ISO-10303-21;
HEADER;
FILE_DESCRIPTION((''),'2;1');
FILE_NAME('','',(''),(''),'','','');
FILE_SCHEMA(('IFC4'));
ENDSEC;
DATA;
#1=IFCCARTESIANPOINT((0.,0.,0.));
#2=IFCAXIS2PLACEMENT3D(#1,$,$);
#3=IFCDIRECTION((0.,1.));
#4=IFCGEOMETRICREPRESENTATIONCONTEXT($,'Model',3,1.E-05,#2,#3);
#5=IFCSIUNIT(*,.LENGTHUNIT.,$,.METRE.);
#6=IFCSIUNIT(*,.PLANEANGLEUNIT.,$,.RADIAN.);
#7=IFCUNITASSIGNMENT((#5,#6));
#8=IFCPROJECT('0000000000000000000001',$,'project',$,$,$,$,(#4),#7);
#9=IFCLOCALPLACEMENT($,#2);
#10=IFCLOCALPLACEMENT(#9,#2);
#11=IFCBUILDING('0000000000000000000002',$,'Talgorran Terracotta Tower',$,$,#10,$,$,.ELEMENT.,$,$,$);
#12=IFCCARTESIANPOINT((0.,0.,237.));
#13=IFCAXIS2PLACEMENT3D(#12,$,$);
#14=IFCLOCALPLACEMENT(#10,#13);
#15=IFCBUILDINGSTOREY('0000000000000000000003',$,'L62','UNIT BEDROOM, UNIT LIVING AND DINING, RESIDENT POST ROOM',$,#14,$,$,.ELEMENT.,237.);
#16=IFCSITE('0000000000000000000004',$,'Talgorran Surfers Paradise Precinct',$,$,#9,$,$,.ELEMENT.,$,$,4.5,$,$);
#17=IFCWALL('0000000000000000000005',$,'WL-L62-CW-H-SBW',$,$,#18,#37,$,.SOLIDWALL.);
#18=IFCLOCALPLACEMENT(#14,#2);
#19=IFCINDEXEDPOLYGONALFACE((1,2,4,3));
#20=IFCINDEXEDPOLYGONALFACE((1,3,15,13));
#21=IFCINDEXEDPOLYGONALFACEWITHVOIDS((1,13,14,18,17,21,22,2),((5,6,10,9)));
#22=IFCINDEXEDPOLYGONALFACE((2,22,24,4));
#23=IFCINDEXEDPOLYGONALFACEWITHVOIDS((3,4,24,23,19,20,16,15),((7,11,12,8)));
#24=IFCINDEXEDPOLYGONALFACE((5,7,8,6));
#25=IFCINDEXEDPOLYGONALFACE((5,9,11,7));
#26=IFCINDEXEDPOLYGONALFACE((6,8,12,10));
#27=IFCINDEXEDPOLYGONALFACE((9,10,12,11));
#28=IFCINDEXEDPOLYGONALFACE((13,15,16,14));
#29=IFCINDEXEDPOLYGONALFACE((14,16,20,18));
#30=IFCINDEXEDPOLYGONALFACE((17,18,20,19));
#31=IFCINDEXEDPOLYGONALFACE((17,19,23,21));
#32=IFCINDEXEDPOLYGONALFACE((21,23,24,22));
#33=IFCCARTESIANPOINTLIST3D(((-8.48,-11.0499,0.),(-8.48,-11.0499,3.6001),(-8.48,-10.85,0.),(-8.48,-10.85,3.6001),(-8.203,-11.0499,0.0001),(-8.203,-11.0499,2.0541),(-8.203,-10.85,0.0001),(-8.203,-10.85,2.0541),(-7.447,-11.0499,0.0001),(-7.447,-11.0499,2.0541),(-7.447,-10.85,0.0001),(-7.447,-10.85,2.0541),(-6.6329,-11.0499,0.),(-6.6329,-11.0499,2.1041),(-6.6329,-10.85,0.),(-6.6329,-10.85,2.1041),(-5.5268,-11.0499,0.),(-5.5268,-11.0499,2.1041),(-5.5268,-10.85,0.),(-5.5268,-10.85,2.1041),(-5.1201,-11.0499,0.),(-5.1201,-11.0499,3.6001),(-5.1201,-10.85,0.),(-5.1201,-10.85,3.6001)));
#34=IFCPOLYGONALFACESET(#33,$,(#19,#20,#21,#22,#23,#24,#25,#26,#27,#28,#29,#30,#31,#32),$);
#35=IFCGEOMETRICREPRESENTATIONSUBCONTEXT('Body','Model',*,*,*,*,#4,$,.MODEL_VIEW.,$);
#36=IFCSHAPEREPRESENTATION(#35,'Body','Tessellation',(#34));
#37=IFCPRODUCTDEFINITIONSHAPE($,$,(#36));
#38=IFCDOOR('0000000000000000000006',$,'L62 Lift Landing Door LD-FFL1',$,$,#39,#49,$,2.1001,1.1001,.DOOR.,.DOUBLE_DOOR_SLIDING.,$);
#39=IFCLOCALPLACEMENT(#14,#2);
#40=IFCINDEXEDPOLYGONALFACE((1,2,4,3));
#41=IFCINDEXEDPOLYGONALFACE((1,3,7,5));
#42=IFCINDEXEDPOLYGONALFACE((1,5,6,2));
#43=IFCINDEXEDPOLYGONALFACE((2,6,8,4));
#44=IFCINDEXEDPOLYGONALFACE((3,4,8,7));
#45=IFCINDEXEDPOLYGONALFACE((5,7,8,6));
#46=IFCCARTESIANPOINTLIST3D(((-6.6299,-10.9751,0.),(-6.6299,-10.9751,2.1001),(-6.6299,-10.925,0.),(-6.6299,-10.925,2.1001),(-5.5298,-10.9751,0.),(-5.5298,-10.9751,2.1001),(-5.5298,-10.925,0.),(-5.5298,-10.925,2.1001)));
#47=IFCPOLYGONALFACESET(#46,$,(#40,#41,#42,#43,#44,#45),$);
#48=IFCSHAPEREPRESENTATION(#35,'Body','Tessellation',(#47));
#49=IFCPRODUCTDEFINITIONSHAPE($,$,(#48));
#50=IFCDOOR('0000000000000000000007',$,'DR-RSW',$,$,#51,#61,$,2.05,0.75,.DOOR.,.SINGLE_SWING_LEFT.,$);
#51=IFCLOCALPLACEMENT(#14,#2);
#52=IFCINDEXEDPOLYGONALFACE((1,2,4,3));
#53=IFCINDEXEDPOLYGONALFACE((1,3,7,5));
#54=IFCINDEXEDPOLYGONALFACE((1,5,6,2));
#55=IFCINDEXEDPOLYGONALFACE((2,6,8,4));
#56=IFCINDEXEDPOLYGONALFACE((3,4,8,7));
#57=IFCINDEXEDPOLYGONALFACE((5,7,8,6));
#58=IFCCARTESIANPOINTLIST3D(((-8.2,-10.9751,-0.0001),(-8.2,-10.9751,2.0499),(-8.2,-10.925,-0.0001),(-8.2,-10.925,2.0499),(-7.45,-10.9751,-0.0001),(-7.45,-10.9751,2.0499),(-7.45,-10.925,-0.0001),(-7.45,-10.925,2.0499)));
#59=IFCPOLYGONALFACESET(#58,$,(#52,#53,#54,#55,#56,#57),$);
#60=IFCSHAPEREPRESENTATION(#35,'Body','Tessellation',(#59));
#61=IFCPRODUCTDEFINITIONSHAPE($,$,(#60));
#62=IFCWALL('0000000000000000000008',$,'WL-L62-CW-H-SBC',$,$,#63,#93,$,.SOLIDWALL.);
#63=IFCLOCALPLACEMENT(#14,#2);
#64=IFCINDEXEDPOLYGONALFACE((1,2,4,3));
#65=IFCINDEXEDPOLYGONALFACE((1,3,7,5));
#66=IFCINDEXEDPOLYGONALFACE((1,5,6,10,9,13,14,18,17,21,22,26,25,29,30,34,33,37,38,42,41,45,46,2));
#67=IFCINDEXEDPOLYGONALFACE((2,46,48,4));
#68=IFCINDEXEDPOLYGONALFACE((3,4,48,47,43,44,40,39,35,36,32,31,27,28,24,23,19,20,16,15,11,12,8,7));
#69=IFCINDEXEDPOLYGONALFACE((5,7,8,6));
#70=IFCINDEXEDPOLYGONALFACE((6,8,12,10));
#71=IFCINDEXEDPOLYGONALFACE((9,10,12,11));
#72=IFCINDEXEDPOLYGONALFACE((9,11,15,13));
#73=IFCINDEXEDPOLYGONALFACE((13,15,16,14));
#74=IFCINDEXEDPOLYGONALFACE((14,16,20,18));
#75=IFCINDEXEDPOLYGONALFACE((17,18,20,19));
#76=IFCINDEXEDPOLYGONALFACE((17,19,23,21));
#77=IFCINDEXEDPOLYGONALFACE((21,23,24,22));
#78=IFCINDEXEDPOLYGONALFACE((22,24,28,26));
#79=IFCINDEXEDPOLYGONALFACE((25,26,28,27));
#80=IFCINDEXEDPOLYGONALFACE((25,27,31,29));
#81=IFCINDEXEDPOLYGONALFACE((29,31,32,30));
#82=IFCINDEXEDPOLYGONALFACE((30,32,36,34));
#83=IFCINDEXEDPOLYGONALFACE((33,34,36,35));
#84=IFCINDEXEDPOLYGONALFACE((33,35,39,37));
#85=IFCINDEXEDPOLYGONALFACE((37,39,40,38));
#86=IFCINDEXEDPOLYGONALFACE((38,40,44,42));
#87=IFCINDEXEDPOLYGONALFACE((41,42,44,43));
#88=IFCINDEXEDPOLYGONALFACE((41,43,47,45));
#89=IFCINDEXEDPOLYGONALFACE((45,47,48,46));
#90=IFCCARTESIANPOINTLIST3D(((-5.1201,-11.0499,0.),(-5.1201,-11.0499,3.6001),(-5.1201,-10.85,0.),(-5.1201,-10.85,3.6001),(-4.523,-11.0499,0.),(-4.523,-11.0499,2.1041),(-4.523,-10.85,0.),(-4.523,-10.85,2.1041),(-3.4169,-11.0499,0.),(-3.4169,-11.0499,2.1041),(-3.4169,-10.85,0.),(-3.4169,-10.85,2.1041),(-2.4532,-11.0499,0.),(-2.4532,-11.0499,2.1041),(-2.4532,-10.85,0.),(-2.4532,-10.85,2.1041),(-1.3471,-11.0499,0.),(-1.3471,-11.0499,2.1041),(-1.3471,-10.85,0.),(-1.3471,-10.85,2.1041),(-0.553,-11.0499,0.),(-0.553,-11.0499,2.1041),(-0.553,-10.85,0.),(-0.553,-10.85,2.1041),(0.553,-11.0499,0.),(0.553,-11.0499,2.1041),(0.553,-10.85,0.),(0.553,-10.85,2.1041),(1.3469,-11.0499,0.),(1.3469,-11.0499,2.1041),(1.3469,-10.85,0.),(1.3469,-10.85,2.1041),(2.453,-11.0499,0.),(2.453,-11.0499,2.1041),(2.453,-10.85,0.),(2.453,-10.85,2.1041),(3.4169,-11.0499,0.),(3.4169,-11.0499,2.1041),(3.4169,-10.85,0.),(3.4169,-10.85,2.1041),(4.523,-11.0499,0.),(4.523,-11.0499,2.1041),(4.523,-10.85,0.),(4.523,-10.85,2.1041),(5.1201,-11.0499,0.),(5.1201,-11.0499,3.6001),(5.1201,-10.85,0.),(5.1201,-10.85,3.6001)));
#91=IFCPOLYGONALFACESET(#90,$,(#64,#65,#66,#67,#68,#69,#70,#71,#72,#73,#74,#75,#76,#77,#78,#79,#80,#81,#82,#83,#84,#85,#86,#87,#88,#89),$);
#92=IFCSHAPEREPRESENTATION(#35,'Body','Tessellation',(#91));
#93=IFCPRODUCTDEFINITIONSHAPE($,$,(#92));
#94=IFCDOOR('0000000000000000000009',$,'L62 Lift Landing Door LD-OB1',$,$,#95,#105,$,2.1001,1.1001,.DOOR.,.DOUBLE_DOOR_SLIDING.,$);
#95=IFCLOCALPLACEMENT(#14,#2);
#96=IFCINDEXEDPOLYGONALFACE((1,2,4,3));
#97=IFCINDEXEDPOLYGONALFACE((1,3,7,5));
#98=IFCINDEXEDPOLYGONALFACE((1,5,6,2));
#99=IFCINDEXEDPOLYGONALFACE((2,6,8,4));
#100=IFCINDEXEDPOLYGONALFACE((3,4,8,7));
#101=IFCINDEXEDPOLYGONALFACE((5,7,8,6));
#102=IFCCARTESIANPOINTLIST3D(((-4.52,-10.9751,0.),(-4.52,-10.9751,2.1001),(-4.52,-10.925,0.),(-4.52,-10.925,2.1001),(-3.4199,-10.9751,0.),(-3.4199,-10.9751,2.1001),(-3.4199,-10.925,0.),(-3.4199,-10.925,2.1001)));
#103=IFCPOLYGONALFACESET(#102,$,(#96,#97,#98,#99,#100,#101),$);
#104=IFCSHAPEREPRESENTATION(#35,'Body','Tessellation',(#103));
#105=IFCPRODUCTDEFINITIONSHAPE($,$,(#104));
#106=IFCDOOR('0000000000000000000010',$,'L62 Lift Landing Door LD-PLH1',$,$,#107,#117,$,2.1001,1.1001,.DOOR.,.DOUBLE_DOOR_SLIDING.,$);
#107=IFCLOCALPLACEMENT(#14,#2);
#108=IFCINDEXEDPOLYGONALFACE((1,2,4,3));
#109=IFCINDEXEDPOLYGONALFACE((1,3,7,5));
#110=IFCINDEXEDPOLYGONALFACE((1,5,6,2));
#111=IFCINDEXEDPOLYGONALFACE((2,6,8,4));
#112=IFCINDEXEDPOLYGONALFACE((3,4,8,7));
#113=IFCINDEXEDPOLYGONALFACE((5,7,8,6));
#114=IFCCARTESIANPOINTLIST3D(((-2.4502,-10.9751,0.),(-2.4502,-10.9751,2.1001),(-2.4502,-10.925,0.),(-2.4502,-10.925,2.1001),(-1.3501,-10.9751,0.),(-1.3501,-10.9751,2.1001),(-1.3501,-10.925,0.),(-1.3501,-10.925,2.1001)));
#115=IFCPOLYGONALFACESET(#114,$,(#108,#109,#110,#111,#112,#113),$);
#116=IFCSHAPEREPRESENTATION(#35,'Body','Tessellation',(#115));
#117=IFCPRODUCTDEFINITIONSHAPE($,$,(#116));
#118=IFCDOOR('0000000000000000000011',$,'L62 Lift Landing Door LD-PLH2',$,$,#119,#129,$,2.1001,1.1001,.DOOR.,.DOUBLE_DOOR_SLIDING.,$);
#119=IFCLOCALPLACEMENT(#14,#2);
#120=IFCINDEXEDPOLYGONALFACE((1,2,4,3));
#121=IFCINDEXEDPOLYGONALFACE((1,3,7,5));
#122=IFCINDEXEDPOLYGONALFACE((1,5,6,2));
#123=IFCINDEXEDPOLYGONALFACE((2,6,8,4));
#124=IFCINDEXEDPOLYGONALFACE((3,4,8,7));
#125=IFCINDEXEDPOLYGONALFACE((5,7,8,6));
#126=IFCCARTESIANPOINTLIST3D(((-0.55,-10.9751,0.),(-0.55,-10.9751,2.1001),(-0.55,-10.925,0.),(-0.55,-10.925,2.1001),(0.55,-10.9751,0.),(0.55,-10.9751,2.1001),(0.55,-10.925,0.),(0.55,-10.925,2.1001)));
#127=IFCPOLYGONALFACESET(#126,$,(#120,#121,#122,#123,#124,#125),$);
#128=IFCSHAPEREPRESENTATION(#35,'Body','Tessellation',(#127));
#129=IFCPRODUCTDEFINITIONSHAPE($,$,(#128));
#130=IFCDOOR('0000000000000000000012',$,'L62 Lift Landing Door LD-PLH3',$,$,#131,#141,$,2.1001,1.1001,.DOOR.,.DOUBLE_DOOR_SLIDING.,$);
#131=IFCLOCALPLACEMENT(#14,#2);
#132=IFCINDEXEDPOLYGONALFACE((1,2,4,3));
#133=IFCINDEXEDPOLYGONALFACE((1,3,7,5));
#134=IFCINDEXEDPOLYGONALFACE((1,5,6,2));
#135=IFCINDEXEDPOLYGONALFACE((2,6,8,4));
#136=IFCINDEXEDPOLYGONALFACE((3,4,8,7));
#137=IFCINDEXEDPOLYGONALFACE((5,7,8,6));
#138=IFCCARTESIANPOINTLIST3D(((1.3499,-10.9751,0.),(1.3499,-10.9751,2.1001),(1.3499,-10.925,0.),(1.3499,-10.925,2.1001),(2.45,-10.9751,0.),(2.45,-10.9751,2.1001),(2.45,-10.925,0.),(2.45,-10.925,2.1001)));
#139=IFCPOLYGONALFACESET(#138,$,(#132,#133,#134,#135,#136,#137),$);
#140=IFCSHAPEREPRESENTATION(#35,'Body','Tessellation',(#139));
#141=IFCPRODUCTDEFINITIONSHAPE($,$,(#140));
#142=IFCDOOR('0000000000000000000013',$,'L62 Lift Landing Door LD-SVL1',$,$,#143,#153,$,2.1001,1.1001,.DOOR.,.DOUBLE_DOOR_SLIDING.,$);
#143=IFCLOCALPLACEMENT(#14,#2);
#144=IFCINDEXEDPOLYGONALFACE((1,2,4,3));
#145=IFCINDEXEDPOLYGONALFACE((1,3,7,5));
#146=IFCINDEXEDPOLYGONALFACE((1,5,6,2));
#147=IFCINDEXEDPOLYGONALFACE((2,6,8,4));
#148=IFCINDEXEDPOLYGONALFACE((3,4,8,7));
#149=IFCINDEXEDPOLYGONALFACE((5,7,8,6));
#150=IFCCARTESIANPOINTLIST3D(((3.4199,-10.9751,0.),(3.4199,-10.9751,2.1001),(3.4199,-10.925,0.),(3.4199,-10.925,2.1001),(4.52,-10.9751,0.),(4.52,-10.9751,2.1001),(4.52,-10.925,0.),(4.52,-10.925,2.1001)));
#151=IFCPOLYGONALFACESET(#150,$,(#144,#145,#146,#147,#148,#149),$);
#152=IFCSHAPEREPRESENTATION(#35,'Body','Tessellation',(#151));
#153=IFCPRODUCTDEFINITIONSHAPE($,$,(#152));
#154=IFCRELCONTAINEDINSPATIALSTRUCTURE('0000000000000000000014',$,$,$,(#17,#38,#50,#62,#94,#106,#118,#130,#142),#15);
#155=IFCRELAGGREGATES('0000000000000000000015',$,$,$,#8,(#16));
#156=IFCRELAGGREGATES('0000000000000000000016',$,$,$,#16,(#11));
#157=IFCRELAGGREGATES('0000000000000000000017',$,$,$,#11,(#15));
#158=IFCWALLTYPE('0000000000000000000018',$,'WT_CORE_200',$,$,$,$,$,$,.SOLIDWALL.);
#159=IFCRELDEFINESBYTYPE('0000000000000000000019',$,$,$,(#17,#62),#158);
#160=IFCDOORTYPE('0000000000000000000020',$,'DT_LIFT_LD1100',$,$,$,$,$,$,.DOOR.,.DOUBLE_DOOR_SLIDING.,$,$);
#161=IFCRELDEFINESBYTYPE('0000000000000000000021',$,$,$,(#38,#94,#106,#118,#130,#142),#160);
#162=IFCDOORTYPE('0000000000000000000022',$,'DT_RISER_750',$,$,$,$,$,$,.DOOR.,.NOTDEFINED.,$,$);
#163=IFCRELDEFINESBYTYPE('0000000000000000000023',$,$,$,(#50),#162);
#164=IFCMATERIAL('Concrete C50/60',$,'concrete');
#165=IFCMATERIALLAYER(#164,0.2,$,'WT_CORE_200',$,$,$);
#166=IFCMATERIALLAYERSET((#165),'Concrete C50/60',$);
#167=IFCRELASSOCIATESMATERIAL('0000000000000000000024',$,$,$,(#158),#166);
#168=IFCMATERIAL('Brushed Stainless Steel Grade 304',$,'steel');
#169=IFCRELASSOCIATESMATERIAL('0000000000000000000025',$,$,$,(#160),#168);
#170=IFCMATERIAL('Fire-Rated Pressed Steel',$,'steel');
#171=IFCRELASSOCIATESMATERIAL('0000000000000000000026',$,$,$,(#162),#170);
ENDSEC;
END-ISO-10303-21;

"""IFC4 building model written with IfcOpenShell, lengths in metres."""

from ifc_helpers import new_model, si_unit, direction, frame, frame_2d, origin, place, context, subcontext, project, spatial, rectangle, extrude, material, layer, layer_set, type_object, element, fill, save


model = new_model("IFC4")

# Units and contexts
model_context = context("Model", 3, precision=1e-05, world=origin(), true_north=direction((0.0, 1.0)))
body_context = subcontext(model_context, "Body", "Model", "MODEL_VIEW")
ifc_project = project(units=[si_unit("LENGTHUNIT", "METRE"), si_unit("PLANEANGLEUNIT", "RADIAN")], contexts=[model_context])

# Site, building, storey
site_placement = place(None, origin())
site = spatial("IfcSite", under=ifc_project, at=site_placement, Name="Talgorran Surfers Paradise Precinct", CompositionType="ELEMENT", RefElevation=4.5)
building_placement = place(site_placement, origin())
building = spatial("IfcBuilding", under=site, at=building_placement, Name="Talgorran Terracotta Tower", CompositionType="ELEMENT")
storey_placement = place(building_placement, frame((0.0, 0.0, 237.0)))
storey = spatial("IfcBuildingStorey", under=building, at=storey_placement, Name="L62", Description="UNIT BEDROOM, UNIT LIVING AND DINING, RESIDENT POST ROOM", CompositionType="ELEMENT", Elevation=237.0)

# Shared definitions
ifc_material_1 = material(Name="Concrete C50/60", Category="concrete")

# Walls, openings, doors
ifc_layer_1 = layer(ifc_material_1, 0.2, Name="WT_CORE_200")
ifc_layer_set_1 = layer_set([ifc_layer_1], Name="Concrete C50/60")
wall_type_1 = type_object("IfcWallType", Name="WT_CORE_200", PredefinedType="SOLIDWALL", material=ifc_layer_set_1)
wall_1_placement = place(storey_placement, frame((-8.48, -10.95, 0.0), z_axis=(0.0, 0.0, 1.0), x_axis=(1.0, 0.0, 0.0)))
wall_1 = element("IfcWall", 1, at=wall_1_placement, inside=storey, type_object=wall_type_1, Name="WL-L62-CW-H-SBW", PredefinedType="SOLIDWALL", context=body_context, shape_type="SweptSolid", body=[
    extrude(rectangle(XDim=3.3599, YDim=0.2, at=frame_2d((1.6799, 0.0))), origin(), (0.0, 0.0, 1.0), 3.6001),
])
opening_1_placement = place(wall_1_placement, frame((0.28, 0.0, 0.0)))
opening_1 = element("IfcOpeningElement", 2, at=opening_1_placement, cuts=wall_1, PredefinedType="OPENING", context=body_context, shape_type="SweptSolid", body=[
    extrude(rectangle(XDim=0.756, YDim=2.054, at=frame_2d((0.375, 1.0271))), frame((0.0, 0.1099, 0.0), z_axis=(0.0, -1.0, 0.0), x_axis=(1.0, 0.0, 0.0)), (0.0, 0.0, 1.0), 0.22),
])
opening_2_placement = place(wall_1_placement, frame((1.8501, 0.0, 0.0)))
opening_2 = element("IfcOpeningElement", 3, at=opening_2_placement, cuts=wall_1, PredefinedType="OPENING", context=body_context, shape_type="SweptSolid", body=[
    extrude(rectangle(XDim=1.1061, YDim=2.1041, at=frame_2d((0.55, 1.052))), frame((0.0, 0.1099, 0.0), z_axis=(0.0, -1.0, 0.0), x_axis=(1.0, 0.0, 0.0)), (0.0, 0.0, 1.0), 0.22),
])
ifc_material_2 = material(Name="Brushed Stainless Steel Grade 304", Category="steel")
door_type_1 = type_object("IfcDoorType", Name="DT_LIFT_LD1100", OperationType="DOUBLE_DOOR_SLIDING", PredefinedType="DOOR", material=ifc_material_2)
door_1_placement = place(opening_2_placement, origin())
door_1 = element("IfcDoor", 4, at=door_1_placement, inside=storey, type_object=door_type_1, Name="L62 Lift Landing Door LD-FFL1", OperationType="DOUBLE_DOOR_SLIDING", OverallHeight=2.1001, OverallWidth=1.1001, PredefinedType="DOOR", context=body_context, shape_type="SweptSolid", body=[
    extrude(rectangle(XDim=1.1001, YDim=2.1001, at=frame_2d((0.55, 1.05))), frame((0.0, 0.0249, 0.0), z_axis=(0.0, -1.0, 0.0), x_axis=(1.0, 0.0, 0.0)), (0.0, 0.0, 1.0), 0.05),
])
fill(opening_2, door_1)
ifc_material_3 = material(Name="Fire-Rated Pressed Steel", Category="steel")
door_type_2 = type_object("IfcDoorType", Name="DT_RISER_750", OperationType="NOTDEFINED", PredefinedType="DOOR", material=ifc_material_3)
door_2_placement = place(opening_1_placement, origin())
door_2 = element("IfcDoor", 5, at=door_2_placement, inside=storey, type_object=door_type_2, Name="DR-RSW", OperationType="SINGLE_SWING_LEFT", OverallHeight=2.05, OverallWidth=0.75, PredefinedType="DOOR", context=body_context, shape_type="SweptSolid", body=[
    extrude(rectangle(XDim=0.75, YDim=2.05, at=frame_2d((0.375, 1.0249))), frame((0.0, 0.0249, 0.0), z_axis=(0.0, -1.0, 0.0), x_axis=(1.0, 0.0, 0.0)), (0.0, 0.0, 1.0), 0.05),
])
fill(opening_1, door_2)
wall_2_placement = place(storey_placement, frame((-5.1201, -10.95, 0.0), z_axis=(0.0, 0.0, 1.0), x_axis=(1.0, 0.0, 0.0)))
wall_2 = element("IfcWall", 6, at=wall_2_placement, inside=storey, type_object=wall_type_1, Name="WL-L62-CW-H-SBC", PredefinedType="SOLIDWALL", context=body_context, shape_type="SweptSolid", body=[
    extrude(rectangle(XDim=10.2402, YDim=0.2, at=frame_2d((5.1201, 0.0))), origin(), (0.0, 0.0, 1.0), 3.6001),
])
opening_3_placement = place(wall_2_placement, frame((0.6001, 0.0, 0.0)))
opening_3 = element("IfcOpeningElement", 7, at=opening_3_placement, cuts=wall_2, PredefinedType="OPENING", context=body_context, shape_type="SweptSolid", body=[
    extrude(rectangle(XDim=1.1061, YDim=2.1041, at=frame_2d((0.55, 1.052))), frame((0.0, 0.1099, 0.0), z_axis=(0.0, -1.0, 0.0), x_axis=(1.0, 0.0, 0.0)), (0.0, 0.0, 1.0), 0.22),
])
opening_4_placement = place(wall_2_placement, frame((2.6699, 0.0, 0.0)))
opening_4 = element("IfcOpeningElement", 8, at=opening_4_placement, cuts=wall_2, PredefinedType="OPENING", context=body_context, shape_type="SweptSolid", body=[
    extrude(rectangle(XDim=1.1061, YDim=2.1041, at=frame_2d((0.55, 1.052))), frame((0.0, 0.1099, 0.0), z_axis=(0.0, -1.0, 0.0), x_axis=(1.0, 0.0, 0.0)), (0.0, 0.0, 1.0), 0.22),
])
opening_5_placement = place(wall_2_placement, frame((4.5701, 0.0, 0.0)))
opening_5 = element("IfcOpeningElement", 9, at=opening_5_placement, cuts=wall_2, PredefinedType="OPENING", context=body_context, shape_type="SweptSolid", body=[
    extrude(rectangle(XDim=1.1061, YDim=2.1041, at=frame_2d((0.55, 1.052))), frame((0.0, 0.1099, 0.0), z_axis=(0.0, -1.0, 0.0), x_axis=(1.0, 0.0, 0.0)), (0.0, 0.0, 1.0), 0.22),
])
opening_6_placement = place(wall_2_placement, frame((6.47, 0.0, 0.0)))
opening_6 = element("IfcOpeningElement", 10, at=opening_6_placement, cuts=wall_2, PredefinedType="OPENING", context=body_context, shape_type="SweptSolid", body=[
    extrude(rectangle(XDim=1.1061, YDim=2.1041, at=frame_2d((0.55, 1.052))), frame((0.0, 0.1099, 0.0), z_axis=(0.0, -1.0, 0.0), x_axis=(1.0, 0.0, 0.0)), (0.0, 0.0, 1.0), 0.22),
])
opening_7_placement = place(wall_2_placement, frame((8.54, 0.0, 0.0)))
opening_7 = element("IfcOpeningElement", 11, at=opening_7_placement, cuts=wall_2, PredefinedType="OPENING", context=body_context, shape_type="SweptSolid", body=[
    extrude(rectangle(XDim=1.1061, YDim=2.1041, at=frame_2d((0.55, 1.052))), frame((0.0, 0.1099, 0.0), z_axis=(0.0, -1.0, 0.0), x_axis=(1.0, 0.0, 0.0)), (0.0, 0.0, 1.0), 0.22),
])
door_3_placement = place(opening_3_placement, origin())
door_3 = element("IfcDoor", 12, at=door_3_placement, inside=storey, type_object=door_type_1, Name="L62 Lift Landing Door LD-OB1", OperationType="DOUBLE_DOOR_SLIDING", OverallHeight=2.1001, OverallWidth=1.1001, PredefinedType="DOOR", context=body_context, shape_type="SweptSolid", body=[
    extrude(rectangle(XDim=1.1001, YDim=2.1001, at=frame_2d((0.55, 1.05))), frame((0.0, 0.0249, 0.0), z_axis=(0.0, -1.0, 0.0), x_axis=(1.0, 0.0, 0.0)), (0.0, 0.0, 1.0), 0.05),
])
fill(opening_3, door_3)
door_4_placement = place(opening_4_placement, origin())
door_4 = element("IfcDoor", 13, at=door_4_placement, inside=storey, type_object=door_type_1, Name="L62 Lift Landing Door LD-PLH1", OperationType="DOUBLE_DOOR_SLIDING", OverallHeight=2.1001, OverallWidth=1.1001, PredefinedType="DOOR", context=body_context, shape_type="SweptSolid", body=[
    extrude(rectangle(XDim=1.1001, YDim=2.1001, at=frame_2d((0.55, 1.05))), frame((0.0, 0.0249, 0.0), z_axis=(0.0, -1.0, 0.0), x_axis=(1.0, 0.0, 0.0)), (0.0, 0.0, 1.0), 0.05),
])
fill(opening_4, door_4)
door_5_placement = place(opening_5_placement, origin())
door_5 = element("IfcDoor", 14, at=door_5_placement, inside=storey, type_object=door_type_1, Name="L62 Lift Landing Door LD-PLH2", OperationType="DOUBLE_DOOR_SLIDING", OverallHeight=2.1001, OverallWidth=1.1001, PredefinedType="DOOR", context=body_context, shape_type="SweptSolid", body=[
    extrude(rectangle(XDim=1.1001, YDim=2.1001, at=frame_2d((0.55, 1.05))), frame((0.0, 0.0249, 0.0), z_axis=(0.0, -1.0, 0.0), x_axis=(1.0, 0.0, 0.0)), (0.0, 0.0, 1.0), 0.05),
])
fill(opening_5, door_5)
door_6_placement = place(opening_6_placement, origin())
door_6 = element("IfcDoor", 15, at=door_6_placement, inside=storey, type_object=door_type_1, Name="L62 Lift Landing Door LD-PLH3", OperationType="DOUBLE_DOOR_SLIDING", OverallHeight=2.1001, OverallWidth=1.1001, PredefinedType="DOOR", context=body_context, shape_type="SweptSolid", body=[
    extrude(rectangle(XDim=1.1001, YDim=2.1001, at=frame_2d((0.55, 1.05))), frame((0.0, 0.0249, 0.0), z_axis=(0.0, -1.0, 0.0), x_axis=(1.0, 0.0, 0.0)), (0.0, 0.0, 1.0), 0.05),
])
fill(opening_6, door_6)
door_7_placement = place(opening_7_placement, origin())
door_7 = element("IfcDoor", 16, at=door_7_placement, inside=storey, type_object=door_type_1, Name="L62 Lift Landing Door LD-SVL1", OperationType="DOUBLE_DOOR_SLIDING", OverallHeight=2.1001, OverallWidth=1.1001, PredefinedType="DOOR", context=body_context, shape_type="SweptSolid", body=[
    extrude(rectangle(XDim=1.1001, YDim=2.1001, at=frame_2d((0.55, 1.05))), frame((0.0, 0.0249, 0.0), z_axis=(0.0, -1.0, 0.0), x_axis=(1.0, 0.0, 0.0)), (0.0, 0.0, 1.0), 0.05),
])
fill(opening_7, door_7)

save(model, "model.ifc")
